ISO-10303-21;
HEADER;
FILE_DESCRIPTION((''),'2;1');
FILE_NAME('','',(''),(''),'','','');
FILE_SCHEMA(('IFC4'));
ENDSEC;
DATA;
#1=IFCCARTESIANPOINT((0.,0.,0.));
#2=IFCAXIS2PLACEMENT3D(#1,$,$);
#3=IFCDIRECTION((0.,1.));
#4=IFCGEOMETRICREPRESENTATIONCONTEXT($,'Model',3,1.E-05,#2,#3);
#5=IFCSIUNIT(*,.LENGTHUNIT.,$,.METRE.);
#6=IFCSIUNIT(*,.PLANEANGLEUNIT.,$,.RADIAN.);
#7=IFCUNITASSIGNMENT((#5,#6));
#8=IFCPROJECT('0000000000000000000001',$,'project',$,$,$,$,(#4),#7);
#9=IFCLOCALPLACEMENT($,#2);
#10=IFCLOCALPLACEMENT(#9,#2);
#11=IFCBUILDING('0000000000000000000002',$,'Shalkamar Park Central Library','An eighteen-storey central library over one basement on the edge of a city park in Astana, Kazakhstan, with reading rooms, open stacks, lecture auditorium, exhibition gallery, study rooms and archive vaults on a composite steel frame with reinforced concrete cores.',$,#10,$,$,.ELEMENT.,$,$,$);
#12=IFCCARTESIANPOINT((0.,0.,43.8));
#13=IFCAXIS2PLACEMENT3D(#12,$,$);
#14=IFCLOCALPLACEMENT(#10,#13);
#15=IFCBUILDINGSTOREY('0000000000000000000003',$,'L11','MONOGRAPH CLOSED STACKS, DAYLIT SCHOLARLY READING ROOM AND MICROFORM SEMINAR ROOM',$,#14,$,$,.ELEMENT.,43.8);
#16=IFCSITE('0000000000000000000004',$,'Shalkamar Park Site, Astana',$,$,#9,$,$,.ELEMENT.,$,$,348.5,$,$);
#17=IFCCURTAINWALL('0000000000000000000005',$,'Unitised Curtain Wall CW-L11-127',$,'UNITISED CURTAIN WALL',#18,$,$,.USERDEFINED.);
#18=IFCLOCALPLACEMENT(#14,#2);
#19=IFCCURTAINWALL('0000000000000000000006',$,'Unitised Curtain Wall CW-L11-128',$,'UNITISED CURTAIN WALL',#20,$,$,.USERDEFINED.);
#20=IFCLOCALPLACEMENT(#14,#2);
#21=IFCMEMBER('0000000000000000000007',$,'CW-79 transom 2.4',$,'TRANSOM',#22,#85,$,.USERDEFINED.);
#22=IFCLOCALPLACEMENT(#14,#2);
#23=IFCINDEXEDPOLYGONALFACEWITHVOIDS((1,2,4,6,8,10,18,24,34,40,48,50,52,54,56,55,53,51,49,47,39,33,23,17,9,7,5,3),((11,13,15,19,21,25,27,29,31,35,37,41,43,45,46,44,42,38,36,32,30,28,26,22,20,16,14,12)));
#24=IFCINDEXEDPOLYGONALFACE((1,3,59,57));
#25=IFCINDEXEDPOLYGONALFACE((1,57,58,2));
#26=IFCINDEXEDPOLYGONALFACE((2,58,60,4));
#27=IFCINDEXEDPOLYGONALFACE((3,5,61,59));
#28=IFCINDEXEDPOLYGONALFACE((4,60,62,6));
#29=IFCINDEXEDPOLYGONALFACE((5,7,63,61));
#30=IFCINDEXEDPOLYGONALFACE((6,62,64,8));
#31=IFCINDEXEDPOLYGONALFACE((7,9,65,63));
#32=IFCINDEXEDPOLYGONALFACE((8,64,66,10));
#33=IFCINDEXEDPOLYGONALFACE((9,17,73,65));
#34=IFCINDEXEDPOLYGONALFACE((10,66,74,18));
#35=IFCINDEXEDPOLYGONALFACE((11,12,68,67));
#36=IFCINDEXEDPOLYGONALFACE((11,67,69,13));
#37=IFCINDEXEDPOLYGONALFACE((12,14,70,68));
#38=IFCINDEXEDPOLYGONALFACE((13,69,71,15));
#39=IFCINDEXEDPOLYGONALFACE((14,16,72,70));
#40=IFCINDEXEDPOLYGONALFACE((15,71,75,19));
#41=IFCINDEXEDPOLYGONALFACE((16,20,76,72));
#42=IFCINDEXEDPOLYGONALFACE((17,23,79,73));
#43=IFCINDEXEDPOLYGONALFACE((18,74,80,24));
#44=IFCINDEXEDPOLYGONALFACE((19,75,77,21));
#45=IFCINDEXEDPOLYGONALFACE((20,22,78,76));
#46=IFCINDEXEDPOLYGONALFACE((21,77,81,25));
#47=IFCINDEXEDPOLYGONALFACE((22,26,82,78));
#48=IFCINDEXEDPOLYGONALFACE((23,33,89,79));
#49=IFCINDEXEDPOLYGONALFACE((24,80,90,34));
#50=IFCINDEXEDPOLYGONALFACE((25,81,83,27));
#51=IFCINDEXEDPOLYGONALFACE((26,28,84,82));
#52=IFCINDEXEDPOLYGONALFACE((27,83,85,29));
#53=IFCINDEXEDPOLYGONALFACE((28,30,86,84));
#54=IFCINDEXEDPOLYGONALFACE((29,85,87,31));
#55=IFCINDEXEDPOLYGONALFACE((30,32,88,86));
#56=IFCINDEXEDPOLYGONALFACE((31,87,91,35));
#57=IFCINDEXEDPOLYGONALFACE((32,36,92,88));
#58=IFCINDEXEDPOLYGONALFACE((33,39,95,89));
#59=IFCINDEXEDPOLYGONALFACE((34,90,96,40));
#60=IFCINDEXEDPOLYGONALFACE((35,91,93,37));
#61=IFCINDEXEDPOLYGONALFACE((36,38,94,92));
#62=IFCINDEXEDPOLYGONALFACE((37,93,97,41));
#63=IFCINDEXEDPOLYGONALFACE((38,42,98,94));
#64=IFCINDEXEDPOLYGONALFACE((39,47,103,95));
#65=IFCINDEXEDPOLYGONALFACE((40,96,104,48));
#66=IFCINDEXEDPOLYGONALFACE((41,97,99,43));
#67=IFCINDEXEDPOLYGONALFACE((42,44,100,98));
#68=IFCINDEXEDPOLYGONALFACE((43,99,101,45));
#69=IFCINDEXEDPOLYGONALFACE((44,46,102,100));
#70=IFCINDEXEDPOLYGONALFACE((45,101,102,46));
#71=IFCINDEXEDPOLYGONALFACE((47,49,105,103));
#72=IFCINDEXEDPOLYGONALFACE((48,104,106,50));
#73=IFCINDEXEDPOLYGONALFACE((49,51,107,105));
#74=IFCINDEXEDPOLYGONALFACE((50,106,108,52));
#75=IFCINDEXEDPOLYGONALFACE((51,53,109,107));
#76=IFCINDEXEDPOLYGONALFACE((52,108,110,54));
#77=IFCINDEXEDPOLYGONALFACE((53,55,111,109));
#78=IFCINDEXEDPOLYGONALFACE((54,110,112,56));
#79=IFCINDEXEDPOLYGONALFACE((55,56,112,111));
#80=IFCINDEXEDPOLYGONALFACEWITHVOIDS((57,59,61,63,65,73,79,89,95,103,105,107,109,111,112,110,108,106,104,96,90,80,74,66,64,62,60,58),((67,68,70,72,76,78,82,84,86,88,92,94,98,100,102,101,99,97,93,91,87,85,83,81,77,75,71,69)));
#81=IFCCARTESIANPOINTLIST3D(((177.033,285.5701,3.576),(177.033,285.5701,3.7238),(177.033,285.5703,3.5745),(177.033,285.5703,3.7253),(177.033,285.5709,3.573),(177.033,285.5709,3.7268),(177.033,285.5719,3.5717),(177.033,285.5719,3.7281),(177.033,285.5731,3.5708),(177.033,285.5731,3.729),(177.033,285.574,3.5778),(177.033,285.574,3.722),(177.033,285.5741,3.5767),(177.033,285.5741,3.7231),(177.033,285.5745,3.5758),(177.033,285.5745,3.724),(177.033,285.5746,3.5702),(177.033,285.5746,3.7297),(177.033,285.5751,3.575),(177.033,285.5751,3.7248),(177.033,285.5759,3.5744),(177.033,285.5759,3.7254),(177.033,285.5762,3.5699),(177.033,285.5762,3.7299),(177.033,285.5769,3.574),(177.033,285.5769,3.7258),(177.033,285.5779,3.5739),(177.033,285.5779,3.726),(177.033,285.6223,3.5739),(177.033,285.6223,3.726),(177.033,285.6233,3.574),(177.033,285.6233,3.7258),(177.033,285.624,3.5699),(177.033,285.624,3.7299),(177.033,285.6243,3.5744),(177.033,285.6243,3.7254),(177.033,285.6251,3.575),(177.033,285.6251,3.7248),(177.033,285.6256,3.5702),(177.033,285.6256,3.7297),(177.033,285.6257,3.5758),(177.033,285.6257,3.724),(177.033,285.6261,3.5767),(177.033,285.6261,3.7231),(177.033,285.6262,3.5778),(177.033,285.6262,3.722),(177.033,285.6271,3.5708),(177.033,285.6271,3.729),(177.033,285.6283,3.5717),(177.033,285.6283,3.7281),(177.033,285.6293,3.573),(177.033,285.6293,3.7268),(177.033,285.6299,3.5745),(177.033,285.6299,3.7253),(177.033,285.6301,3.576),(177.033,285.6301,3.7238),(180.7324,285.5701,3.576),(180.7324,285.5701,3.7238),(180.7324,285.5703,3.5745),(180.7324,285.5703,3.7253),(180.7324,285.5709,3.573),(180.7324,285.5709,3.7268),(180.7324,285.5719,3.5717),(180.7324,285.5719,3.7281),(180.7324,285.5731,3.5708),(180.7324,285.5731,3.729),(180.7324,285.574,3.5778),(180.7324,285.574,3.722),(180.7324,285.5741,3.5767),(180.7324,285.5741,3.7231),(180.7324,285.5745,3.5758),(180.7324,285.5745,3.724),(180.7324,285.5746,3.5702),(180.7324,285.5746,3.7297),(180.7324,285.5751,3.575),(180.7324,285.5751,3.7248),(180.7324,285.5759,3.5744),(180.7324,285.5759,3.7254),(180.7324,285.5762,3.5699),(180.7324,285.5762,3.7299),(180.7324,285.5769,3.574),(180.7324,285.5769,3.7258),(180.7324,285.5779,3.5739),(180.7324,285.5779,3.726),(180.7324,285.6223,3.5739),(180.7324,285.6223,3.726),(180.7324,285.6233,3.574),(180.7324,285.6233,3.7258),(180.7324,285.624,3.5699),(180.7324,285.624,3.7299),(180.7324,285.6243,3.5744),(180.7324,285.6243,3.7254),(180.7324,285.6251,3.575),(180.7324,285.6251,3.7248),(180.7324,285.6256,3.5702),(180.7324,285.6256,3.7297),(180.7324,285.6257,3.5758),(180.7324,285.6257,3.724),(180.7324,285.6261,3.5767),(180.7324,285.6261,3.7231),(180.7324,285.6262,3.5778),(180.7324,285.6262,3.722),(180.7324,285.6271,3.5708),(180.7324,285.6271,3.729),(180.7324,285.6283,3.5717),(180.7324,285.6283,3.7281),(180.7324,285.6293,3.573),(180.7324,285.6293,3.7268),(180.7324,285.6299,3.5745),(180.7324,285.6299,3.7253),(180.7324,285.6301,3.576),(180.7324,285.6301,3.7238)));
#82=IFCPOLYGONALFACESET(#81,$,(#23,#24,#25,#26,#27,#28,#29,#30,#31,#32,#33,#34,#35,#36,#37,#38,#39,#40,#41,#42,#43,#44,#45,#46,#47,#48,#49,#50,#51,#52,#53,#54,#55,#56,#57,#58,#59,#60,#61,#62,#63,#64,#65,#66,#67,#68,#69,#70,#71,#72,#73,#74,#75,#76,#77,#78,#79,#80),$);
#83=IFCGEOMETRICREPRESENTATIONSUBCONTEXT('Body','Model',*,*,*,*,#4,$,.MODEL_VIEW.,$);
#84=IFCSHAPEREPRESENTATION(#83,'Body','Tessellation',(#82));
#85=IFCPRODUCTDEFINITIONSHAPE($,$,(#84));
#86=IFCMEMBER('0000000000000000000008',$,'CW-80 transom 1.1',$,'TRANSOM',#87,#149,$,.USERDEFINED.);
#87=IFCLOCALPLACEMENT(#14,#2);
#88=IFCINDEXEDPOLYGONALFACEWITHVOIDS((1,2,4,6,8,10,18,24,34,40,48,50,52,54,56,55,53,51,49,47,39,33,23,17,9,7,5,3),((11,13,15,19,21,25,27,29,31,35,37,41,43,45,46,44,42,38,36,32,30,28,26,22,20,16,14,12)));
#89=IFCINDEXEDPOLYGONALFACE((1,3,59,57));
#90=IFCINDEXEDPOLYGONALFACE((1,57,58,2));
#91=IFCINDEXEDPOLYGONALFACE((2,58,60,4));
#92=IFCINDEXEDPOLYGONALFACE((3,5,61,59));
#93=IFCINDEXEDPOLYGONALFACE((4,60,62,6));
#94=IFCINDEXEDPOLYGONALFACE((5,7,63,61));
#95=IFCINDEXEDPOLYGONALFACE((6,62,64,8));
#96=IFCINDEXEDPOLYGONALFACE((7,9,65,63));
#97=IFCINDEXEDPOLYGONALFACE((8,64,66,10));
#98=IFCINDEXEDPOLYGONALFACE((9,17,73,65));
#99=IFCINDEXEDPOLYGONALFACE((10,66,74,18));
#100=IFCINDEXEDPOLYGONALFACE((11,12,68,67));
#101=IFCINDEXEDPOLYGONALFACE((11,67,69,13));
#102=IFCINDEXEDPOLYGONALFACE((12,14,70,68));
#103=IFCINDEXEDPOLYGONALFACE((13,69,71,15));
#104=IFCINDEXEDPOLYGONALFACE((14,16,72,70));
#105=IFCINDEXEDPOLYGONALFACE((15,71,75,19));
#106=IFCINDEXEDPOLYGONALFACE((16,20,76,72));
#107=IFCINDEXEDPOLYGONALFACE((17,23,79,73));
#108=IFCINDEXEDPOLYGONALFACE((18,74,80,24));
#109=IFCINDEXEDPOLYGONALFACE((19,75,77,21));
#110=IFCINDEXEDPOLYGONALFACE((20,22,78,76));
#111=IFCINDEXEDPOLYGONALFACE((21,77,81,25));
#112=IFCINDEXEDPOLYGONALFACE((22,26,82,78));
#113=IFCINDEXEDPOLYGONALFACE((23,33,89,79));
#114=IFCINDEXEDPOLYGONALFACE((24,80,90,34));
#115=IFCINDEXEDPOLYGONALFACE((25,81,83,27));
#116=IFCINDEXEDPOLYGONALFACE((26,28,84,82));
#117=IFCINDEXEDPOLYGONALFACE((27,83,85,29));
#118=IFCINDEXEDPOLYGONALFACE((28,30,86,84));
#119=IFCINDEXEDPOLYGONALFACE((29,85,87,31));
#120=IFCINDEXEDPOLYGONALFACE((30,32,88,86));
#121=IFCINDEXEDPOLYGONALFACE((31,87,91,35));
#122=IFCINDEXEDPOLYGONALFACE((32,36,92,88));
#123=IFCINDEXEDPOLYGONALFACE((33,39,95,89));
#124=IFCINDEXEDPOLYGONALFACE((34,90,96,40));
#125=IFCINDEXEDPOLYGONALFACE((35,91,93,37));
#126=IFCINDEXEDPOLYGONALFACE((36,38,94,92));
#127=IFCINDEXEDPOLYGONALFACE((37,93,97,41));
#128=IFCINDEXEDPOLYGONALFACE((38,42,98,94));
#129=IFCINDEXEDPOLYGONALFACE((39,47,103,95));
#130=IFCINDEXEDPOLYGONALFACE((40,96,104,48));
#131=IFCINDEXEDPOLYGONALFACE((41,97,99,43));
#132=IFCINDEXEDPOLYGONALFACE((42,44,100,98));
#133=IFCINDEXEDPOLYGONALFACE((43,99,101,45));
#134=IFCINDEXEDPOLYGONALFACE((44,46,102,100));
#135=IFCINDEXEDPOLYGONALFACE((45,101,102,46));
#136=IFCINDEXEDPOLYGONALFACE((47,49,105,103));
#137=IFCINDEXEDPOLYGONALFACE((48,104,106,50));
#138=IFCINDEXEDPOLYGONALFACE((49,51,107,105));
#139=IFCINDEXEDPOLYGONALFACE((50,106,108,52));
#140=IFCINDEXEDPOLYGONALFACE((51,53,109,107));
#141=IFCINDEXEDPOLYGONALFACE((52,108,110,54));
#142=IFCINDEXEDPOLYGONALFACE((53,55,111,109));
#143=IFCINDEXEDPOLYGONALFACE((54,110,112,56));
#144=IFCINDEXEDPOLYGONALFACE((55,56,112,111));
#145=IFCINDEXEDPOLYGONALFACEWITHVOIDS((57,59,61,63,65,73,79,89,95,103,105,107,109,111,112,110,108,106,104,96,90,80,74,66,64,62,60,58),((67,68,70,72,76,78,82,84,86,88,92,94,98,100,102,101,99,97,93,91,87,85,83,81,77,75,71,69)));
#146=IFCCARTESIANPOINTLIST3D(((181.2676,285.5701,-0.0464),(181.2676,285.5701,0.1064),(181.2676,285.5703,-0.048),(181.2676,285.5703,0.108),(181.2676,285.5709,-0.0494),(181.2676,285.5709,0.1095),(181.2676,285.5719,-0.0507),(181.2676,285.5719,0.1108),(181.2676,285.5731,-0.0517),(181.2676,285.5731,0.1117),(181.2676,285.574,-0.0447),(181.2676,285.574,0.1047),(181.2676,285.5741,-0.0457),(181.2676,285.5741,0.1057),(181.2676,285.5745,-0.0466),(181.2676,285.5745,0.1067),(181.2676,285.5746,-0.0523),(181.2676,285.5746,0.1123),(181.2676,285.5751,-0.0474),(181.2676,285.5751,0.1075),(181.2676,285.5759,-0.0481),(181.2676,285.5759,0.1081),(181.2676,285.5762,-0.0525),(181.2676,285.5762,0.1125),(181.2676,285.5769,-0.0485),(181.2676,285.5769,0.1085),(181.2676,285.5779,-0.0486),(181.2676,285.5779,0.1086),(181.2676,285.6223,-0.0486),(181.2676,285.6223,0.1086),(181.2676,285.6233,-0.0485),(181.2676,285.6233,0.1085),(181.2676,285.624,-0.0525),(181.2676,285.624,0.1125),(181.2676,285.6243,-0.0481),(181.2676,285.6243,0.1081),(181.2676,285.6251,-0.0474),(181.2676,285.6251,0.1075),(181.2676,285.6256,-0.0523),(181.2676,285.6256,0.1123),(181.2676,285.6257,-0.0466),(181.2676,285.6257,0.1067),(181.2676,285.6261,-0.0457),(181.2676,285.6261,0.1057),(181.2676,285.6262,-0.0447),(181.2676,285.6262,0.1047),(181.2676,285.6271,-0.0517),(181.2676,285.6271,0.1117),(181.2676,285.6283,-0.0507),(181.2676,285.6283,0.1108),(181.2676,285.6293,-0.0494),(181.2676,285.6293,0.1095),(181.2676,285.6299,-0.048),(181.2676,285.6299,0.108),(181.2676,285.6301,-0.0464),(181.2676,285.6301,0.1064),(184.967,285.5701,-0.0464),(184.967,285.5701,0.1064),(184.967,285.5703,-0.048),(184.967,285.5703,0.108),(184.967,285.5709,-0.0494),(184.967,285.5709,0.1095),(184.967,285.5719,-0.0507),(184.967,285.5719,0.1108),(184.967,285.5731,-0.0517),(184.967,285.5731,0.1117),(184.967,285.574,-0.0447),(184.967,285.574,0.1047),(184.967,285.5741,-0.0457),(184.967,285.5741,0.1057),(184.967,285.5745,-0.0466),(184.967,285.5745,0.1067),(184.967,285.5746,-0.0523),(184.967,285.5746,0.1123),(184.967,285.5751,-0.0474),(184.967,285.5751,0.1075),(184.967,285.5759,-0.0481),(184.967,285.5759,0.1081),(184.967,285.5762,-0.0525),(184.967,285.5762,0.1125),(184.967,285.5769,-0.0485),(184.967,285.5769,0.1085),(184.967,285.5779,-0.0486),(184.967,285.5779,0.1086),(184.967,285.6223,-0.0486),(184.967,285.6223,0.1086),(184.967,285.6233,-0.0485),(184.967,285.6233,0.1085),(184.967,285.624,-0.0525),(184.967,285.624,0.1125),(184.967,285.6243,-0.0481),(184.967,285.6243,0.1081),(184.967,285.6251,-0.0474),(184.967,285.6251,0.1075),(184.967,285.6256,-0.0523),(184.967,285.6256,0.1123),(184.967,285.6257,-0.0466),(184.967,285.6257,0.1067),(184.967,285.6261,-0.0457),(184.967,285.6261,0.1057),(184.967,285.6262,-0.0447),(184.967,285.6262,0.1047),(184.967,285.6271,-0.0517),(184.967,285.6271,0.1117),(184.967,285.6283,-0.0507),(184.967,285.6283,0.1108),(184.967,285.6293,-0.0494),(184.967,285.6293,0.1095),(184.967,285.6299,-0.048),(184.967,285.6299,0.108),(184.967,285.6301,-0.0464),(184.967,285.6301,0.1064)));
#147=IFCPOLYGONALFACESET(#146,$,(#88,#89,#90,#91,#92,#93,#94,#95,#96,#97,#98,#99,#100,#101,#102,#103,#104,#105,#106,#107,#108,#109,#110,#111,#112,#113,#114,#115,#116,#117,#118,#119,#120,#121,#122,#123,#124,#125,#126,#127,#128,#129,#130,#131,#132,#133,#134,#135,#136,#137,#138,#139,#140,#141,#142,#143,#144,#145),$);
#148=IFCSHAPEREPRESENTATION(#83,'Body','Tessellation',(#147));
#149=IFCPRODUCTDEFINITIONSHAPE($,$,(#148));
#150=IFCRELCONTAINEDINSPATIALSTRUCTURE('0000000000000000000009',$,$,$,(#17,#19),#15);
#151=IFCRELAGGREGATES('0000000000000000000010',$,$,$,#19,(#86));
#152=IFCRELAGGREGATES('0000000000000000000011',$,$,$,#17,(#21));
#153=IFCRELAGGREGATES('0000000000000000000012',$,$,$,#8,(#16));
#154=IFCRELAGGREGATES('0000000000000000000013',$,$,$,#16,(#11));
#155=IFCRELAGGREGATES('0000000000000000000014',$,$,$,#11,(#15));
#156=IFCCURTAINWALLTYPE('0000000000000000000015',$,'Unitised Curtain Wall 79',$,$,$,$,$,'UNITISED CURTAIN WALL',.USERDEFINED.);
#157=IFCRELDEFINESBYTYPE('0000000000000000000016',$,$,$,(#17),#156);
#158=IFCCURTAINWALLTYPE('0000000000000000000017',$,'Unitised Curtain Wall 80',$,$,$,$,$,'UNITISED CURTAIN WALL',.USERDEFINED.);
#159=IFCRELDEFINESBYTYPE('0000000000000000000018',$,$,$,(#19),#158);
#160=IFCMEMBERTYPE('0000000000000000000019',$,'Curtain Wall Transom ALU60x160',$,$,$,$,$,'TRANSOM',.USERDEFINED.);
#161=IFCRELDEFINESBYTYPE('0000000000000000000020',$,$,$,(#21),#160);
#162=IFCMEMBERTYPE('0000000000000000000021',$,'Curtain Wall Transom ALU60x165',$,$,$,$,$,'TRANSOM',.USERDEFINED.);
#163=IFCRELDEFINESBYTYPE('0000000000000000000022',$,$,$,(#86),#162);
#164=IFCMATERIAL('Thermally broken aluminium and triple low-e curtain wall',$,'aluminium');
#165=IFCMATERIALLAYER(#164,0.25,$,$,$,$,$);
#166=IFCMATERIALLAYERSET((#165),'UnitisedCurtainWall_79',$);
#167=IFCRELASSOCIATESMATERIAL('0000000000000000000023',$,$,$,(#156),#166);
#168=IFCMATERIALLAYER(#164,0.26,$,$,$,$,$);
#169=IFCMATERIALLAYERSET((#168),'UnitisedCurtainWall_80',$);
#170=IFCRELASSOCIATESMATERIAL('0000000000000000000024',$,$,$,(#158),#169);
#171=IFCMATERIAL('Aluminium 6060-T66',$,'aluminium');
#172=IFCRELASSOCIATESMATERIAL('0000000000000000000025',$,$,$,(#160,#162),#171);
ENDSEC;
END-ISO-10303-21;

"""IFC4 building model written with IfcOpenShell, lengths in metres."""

from ifc_helpers import new_model, si_unit, direction, frame, origin, origin_2d, place, context, subcontext, project, spatial, hollow_rectangle, extrude, material, layer, layer_set, material_profile, profile_set, type_object, element, aggregate, save


model = new_model("IFC4")

# Units and contexts
model_context = context("Model", 3, precision=1e-05, world=origin(), true_north=direction((0.0, 1.0)))
body_context = subcontext(model_context, "Body", "Model", "MODEL_VIEW")
ifc_project = project(units=[si_unit("LENGTHUNIT", "METRE"), si_unit("PLANEANGLEUNIT", "RADIAN")], contexts=[model_context])

# Site, building, storey
site_placement = place(None, origin())
site = spatial("IfcSite", under=ifc_project, at=site_placement, Name="Shalkamar Park Site, Astana", CompositionType="ELEMENT", RefElevation=348.5)
building_placement = place(site_placement, origin())
building = spatial("IfcBuilding", under=site, at=building_placement, Name="Shalkamar Park Central Library", Description="An eighteen-storey central library over one basement on the edge of a city park in Astana, Kazakhstan, with reading rooms, open stacks, lecture auditorium, exhibition gallery, study rooms and archive vaults on a composite steel frame with reinforced concrete cores.", CompositionType="ELEMENT")
storey_placement = place(building_placement, frame((0.0, 0.0, 43.8)))
storey = spatial("IfcBuildingStorey", under=building, at=storey_placement, Name="L11", Description="MONOGRAPH CLOSED STACKS, DAYLIT SCHOLARLY READING ROOM AND MICROFORM SEMINAR ROOM", CompositionType="ELEMENT", Elevation=43.8)

# Curtain wall
ifc_material_1 = material(Name="Thermally broken aluminium and triple low-e curtain wall", Category="aluminium")
ifc_layer_1 = layer(ifc_material_1, 0.25)
ifc_layer_set_1 = layer_set([ifc_layer_1], Name="UnitisedCurtainWall_79")
curtain_wall_type_1 = type_object("IfcCurtainWallType", Name="Unitised Curtain Wall 79", ElementType="UNITISED CURTAIN WALL", PredefinedType="USERDEFINED", material=ifc_layer_set_1)
curtain_wall_1_placement = place(storey_placement, origin())
curtain_wall_1 = element("IfcCurtainWall", 1, at=curtain_wall_1_placement, inside=storey, type_object=curtain_wall_type_1, Name="Unitised Curtain Wall CW-L11-127", ObjectType="UNITISED CURTAIN WALL", PredefinedType="USERDEFINED")
ifc_material_2 = material(Name="Aluminium 6060-T66", Category="aluminium")

# Curtain wall
ifc_layer_2 = layer(ifc_material_1, 0.26)
ifc_layer_set_2 = layer_set([ifc_layer_2], Name="UnitisedCurtainWall_80")
curtain_wall_type_2 = type_object("IfcCurtainWallType", Name="Unitised Curtain Wall 80", ElementType="UNITISED CURTAIN WALL", PredefinedType="USERDEFINED", material=ifc_layer_set_2)
curtain_wall_2_placement = place(storey_placement, origin())
curtain_wall_2 = element("IfcCurtainWall", 2, at=curtain_wall_2_placement, inside=storey, type_object=curtain_wall_type_2, Name="Unitised Curtain Wall CW-L11-128", ObjectType="UNITISED CURTAIN WALL", PredefinedType="USERDEFINED")

# Members
ifc_material_profile_1 = material_profile(ifc_material_2, hollow_rectangle(XDim=0.0601, YDim=0.1599, WallThickness=0.0039, InnerFilletRadius=0.0039, OuterFilletRadius=0.0061, at=origin_2d()), Name="ALU 60x160x4")
ifc_profile_set_1 = profile_set([ifc_material_profile_1], Name="Aluminium 6060-T66")
member_type_1 = type_object("IfcMemberType", Name="Curtain Wall Transom ALU60x160", ElementType="TRANSOM", PredefinedType="USERDEFINED", material=ifc_profile_set_1)
member_1_placement = place(storey_placement, frame((177.033, 285.6001, 3.6499), z_axis=(1.0, 0.0, 0.0), x_axis=(0.0, 1.0, 0.0)))
member_1 = element("IfcMember", 3, at=member_1_placement, type_object=member_type_1, Name="CW-79 transom 2.4", ObjectType="TRANSOM", PredefinedType="USERDEFINED", context=body_context, shape_type="SweptSolid", body=[
    extrude(hollow_rectangle(XDim=0.0601, YDim=0.1599, WallThickness=0.0039, InnerFilletRadius=0.0039, OuterFilletRadius=0.0061, at=origin_2d()), origin(), (0.0, 0.0, 1.0), 3.6995),
])
ifc_material_profile_2 = material_profile(ifc_material_2, hollow_rectangle(XDim=0.0601, YDim=0.165, WallThickness=0.0039, InnerFilletRadius=0.0039, OuterFilletRadius=0.0061, at=origin_2d()), Name="ALU 60x165x4")
ifc_profile_set_2 = profile_set([ifc_material_profile_2], Name="Aluminium 6060-T66")
member_type_2 = type_object("IfcMemberType", Name="Curtain Wall Transom ALU60x165", ElementType="TRANSOM", PredefinedType="USERDEFINED", material=ifc_profile_set_2)
member_2_placement = place(storey_placement, frame((181.2676, 285.6001, 0.03), z_axis=(1.0, 0.0, 0.0), x_axis=(0.0, 1.0, 0.0)))
member_2 = element("IfcMember", 4, at=member_2_placement, type_object=member_type_2, Name="CW-80 transom 1.1", ObjectType="TRANSOM", PredefinedType="USERDEFINED", context=body_context, shape_type="SweptSolid", body=[
    extrude(hollow_rectangle(XDim=0.0601, YDim=0.165, WallThickness=0.0039, InnerFilletRadius=0.0039, OuterFilletRadius=0.0061, at=origin_2d()), origin(), (0.0, 0.0, 1.0), 3.6995),
])

aggregate(curtain_wall_2, [member_2])
aggregate(curtain_wall_1, [member_1])

save(model, "model.ifc")
